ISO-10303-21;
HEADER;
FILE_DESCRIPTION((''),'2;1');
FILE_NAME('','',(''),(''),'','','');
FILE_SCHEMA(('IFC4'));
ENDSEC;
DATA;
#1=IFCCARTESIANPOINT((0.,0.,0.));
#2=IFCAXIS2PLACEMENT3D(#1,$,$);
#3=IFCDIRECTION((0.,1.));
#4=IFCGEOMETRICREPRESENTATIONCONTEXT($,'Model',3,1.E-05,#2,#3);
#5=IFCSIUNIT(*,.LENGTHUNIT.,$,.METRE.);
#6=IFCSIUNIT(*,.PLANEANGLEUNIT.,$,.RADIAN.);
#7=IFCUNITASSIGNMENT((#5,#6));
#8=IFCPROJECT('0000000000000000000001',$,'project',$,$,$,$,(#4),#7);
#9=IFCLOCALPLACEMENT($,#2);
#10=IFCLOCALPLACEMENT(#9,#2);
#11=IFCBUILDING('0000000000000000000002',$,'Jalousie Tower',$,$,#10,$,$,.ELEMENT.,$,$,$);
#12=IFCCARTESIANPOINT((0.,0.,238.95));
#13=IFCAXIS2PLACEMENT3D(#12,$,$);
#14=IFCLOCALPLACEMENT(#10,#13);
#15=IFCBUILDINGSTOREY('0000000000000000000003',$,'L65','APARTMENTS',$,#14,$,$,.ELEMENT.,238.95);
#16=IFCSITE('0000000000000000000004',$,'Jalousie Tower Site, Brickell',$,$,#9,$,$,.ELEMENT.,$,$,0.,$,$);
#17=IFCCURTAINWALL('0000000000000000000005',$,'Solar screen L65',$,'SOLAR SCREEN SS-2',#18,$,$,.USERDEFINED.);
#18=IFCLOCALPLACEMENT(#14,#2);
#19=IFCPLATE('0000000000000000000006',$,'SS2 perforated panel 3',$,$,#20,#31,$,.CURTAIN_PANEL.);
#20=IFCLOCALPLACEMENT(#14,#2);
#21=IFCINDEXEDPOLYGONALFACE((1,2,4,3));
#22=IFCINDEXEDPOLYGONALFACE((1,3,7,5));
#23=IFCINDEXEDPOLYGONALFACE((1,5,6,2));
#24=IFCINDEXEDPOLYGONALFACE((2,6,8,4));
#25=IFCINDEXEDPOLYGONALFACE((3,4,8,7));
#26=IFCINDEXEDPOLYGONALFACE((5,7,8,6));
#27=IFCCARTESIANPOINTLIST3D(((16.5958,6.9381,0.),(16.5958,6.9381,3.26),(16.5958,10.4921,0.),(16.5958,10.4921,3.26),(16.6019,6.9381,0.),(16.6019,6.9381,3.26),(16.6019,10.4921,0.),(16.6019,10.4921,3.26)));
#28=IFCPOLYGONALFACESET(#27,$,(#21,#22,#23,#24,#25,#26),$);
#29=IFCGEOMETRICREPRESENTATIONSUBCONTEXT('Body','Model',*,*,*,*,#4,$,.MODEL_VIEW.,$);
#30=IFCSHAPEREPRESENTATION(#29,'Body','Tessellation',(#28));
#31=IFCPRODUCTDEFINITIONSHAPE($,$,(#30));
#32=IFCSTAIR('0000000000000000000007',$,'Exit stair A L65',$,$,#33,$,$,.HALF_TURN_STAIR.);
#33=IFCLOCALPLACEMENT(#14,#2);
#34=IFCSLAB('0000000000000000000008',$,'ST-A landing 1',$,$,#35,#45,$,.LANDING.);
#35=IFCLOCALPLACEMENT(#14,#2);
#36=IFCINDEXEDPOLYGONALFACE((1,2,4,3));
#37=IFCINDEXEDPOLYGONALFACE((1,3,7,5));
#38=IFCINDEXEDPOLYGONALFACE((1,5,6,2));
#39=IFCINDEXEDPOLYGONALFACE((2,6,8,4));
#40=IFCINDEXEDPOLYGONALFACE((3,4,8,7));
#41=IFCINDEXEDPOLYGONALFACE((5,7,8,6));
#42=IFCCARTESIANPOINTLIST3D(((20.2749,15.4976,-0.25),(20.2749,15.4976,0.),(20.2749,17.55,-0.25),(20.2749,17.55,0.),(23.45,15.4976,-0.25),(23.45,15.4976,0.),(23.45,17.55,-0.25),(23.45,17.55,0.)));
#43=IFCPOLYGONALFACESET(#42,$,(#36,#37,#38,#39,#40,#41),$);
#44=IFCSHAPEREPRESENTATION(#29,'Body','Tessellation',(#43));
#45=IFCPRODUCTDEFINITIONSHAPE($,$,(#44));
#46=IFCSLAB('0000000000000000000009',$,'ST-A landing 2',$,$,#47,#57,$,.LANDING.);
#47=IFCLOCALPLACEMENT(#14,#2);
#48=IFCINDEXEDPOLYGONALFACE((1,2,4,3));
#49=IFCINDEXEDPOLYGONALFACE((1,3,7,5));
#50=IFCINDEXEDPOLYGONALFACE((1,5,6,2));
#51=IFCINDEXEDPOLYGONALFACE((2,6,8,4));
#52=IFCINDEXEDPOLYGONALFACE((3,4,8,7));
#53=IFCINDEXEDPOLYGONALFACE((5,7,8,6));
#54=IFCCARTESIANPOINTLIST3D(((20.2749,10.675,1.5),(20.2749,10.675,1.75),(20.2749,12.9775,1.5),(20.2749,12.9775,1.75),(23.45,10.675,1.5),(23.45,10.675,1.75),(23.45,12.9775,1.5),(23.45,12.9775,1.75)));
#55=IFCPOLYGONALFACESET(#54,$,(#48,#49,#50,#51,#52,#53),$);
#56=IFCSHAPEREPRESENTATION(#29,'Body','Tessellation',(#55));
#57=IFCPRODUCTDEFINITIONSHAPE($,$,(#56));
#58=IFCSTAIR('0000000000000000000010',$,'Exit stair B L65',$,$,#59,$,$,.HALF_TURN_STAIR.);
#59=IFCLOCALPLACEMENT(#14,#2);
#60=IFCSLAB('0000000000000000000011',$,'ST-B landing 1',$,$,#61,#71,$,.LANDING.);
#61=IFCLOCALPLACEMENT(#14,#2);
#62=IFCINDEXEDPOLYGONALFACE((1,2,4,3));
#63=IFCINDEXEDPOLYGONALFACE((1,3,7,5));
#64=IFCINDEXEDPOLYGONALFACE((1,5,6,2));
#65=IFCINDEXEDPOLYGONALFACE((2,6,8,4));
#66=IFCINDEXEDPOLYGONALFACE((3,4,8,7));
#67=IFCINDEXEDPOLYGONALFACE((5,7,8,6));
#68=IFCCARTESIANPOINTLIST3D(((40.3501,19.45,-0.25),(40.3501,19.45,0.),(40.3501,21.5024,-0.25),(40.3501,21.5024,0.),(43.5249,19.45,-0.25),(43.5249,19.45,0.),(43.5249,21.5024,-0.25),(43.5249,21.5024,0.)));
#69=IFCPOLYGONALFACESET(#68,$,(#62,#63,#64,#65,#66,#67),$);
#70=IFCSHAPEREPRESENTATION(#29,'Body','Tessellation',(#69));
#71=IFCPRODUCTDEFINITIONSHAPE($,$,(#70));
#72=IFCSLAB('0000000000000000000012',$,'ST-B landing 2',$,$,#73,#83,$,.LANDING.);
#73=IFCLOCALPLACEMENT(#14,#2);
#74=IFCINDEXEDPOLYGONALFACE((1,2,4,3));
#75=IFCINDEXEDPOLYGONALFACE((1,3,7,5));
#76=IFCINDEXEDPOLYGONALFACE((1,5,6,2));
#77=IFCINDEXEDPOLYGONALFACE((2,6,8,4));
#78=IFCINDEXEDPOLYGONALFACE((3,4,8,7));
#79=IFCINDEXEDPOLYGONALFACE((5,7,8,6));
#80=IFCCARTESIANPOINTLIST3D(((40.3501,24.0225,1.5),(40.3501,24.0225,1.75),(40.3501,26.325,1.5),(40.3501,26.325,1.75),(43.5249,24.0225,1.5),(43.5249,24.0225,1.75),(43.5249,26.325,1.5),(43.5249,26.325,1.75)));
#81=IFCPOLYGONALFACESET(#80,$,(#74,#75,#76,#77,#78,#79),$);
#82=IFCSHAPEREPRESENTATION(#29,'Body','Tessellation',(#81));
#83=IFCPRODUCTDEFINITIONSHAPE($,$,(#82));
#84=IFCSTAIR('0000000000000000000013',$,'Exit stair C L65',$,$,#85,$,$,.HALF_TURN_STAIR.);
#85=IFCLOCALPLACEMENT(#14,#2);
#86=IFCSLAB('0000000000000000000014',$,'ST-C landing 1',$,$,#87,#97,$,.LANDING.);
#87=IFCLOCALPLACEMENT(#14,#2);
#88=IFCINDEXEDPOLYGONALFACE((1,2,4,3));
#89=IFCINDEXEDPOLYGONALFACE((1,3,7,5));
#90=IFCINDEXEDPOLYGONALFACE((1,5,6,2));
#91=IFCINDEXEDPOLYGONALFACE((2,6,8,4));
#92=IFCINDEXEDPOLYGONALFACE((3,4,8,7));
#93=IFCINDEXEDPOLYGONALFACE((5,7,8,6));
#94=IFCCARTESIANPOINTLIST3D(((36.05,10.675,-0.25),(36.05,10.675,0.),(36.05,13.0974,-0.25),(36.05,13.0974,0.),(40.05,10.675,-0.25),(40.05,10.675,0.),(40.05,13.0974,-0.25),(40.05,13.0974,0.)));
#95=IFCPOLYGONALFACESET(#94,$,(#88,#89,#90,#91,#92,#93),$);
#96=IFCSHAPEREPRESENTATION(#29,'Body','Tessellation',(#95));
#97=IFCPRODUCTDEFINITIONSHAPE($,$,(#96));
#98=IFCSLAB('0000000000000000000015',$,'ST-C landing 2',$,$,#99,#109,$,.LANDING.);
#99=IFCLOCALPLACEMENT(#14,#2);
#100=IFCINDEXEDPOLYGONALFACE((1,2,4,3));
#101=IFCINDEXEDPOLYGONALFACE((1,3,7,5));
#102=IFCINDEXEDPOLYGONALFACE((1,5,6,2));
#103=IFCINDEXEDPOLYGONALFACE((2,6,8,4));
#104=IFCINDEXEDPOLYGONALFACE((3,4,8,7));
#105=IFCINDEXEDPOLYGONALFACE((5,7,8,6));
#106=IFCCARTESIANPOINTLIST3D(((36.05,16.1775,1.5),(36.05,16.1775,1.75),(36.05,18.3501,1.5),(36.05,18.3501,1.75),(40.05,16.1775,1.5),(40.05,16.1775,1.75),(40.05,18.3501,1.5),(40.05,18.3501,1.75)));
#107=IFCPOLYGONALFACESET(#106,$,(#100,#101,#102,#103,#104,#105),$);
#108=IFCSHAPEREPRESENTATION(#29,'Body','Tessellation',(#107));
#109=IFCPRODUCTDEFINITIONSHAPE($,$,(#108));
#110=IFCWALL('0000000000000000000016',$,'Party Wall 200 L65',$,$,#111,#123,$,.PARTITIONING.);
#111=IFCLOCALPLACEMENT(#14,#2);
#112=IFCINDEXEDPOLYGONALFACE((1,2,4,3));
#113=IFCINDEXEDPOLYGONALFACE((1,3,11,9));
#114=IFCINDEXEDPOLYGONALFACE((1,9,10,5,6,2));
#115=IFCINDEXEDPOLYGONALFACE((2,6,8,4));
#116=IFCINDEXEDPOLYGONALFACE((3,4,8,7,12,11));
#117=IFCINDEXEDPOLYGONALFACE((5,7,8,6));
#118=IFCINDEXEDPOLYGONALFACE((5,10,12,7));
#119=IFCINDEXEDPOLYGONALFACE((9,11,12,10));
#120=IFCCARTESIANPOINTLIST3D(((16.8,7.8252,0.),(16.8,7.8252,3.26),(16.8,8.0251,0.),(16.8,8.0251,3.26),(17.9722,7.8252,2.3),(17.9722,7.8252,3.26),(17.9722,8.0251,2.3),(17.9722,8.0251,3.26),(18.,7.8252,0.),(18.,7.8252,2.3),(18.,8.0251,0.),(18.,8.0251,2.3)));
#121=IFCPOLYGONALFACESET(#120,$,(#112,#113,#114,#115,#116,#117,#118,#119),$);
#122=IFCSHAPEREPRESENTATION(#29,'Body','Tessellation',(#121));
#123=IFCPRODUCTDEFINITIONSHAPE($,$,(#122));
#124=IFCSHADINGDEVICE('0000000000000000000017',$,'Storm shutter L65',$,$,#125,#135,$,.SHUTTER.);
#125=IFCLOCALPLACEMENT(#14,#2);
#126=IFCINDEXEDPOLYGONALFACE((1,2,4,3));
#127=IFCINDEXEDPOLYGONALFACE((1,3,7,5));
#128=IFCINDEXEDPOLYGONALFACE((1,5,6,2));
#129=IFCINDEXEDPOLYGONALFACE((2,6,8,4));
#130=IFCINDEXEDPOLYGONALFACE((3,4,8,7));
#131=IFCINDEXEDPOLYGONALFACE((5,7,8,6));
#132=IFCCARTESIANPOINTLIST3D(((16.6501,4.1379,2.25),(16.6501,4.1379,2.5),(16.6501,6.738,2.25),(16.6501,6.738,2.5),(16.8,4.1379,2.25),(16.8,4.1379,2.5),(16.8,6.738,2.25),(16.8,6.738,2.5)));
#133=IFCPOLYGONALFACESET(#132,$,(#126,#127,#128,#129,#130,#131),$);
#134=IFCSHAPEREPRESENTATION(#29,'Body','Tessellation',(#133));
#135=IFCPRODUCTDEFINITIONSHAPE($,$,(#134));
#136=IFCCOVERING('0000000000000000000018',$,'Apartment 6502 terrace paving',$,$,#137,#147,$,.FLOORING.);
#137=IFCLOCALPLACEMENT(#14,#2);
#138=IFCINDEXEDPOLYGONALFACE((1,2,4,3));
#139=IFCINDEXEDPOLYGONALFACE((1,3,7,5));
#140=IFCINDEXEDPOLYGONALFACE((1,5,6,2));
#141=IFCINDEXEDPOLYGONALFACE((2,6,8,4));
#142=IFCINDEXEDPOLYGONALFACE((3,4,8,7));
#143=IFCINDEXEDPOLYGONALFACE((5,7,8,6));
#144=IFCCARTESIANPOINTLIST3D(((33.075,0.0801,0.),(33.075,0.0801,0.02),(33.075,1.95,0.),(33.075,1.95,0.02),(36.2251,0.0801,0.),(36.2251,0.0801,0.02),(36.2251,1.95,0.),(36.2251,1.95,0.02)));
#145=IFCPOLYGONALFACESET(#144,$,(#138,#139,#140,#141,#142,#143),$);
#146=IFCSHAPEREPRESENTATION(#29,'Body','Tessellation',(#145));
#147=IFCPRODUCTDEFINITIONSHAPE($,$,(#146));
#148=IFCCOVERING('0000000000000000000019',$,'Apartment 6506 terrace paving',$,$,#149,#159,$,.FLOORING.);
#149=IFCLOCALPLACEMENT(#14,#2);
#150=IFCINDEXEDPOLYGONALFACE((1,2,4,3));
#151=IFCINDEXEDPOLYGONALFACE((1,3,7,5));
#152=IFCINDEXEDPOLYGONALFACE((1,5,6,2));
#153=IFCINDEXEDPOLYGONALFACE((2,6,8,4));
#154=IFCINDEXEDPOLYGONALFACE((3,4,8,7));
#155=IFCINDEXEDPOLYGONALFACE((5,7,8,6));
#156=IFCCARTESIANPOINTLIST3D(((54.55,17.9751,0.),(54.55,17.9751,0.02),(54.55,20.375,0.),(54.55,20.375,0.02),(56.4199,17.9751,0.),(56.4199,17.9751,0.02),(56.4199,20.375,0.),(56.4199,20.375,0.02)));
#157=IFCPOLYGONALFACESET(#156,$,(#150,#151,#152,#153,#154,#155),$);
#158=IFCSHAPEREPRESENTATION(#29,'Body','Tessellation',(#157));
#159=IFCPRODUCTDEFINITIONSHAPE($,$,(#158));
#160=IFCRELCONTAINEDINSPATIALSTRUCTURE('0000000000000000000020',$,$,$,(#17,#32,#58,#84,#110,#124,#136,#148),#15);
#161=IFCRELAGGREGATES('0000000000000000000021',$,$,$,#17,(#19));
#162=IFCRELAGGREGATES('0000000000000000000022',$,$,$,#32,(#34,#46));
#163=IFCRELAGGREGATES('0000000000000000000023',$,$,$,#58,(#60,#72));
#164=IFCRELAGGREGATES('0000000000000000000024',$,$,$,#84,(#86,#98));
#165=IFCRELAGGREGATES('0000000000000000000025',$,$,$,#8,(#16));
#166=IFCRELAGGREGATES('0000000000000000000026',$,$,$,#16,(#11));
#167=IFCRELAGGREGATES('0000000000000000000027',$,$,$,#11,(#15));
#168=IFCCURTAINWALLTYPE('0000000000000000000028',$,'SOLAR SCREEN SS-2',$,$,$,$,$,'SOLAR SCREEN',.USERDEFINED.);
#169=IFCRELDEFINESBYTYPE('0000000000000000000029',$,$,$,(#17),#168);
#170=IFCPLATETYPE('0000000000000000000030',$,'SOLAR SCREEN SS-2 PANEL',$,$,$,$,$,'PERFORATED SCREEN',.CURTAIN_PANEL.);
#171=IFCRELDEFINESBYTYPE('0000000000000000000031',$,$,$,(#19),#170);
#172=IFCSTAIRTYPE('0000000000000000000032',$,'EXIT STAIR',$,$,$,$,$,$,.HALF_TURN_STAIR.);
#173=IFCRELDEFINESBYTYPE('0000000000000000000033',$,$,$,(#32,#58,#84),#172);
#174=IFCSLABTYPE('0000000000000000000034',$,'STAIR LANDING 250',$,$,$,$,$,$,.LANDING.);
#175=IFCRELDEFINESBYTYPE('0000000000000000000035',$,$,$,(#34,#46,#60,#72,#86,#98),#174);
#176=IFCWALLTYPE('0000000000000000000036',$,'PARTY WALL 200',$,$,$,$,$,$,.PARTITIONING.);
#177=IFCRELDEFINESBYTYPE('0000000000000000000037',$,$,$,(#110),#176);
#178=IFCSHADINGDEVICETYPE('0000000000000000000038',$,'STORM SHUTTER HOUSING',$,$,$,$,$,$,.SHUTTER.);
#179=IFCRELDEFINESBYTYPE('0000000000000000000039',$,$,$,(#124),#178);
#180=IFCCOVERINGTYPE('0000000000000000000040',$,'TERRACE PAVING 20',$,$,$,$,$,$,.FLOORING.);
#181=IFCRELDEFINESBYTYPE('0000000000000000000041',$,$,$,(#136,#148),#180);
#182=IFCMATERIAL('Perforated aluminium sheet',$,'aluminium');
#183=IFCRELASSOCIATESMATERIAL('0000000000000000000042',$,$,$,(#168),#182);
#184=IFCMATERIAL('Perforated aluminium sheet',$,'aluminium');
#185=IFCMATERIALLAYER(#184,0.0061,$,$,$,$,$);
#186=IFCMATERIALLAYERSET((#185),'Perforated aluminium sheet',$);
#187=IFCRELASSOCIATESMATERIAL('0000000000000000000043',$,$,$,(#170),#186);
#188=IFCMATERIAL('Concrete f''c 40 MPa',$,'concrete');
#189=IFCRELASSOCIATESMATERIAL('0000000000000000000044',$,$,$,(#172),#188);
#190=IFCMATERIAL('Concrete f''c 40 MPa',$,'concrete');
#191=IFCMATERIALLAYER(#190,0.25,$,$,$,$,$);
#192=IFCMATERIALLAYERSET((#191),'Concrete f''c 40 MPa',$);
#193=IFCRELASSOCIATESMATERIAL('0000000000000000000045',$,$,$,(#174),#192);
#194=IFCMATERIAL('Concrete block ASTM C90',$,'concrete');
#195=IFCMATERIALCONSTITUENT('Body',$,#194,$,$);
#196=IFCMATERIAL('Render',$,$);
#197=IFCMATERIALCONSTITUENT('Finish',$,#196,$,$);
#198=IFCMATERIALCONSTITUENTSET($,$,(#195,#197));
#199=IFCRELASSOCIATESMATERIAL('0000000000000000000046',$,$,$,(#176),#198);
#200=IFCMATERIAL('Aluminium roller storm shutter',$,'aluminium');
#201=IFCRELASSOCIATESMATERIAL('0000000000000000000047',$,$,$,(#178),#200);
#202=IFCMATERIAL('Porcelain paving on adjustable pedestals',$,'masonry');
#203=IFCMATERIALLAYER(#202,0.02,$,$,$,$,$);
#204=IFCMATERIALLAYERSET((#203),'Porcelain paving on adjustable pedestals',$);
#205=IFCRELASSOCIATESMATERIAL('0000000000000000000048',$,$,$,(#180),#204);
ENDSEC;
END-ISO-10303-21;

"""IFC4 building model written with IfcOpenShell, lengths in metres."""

from ifc_helpers import new_model, si_unit, direction, frame, origin, origin_2d, place, context, subcontext, project, spatial, polyline, rectangle, outline, extrude, material, layer, layer_set, constituent, constituent_set, type_object, element, aggregate, save


model = new_model("IFC4")

# Units and contexts
model_context = context("Model", 3, precision=1e-05, world=origin(), true_north=direction((0.0, 1.0)))
body_context = subcontext(model_context, "Body", "Model", "MODEL_VIEW")
ifc_project = project(units=[si_unit("LENGTHUNIT", "METRE"), si_unit("PLANEANGLEUNIT", "RADIAN")], contexts=[model_context])

# Site, building, storey
site_placement = place(None, origin())
site = spatial("IfcSite", under=ifc_project, at=site_placement, Name="Jalousie Tower Site, Brickell", CompositionType="ELEMENT", RefElevation=0.0)
building_placement = place(site_placement, origin())
building = spatial("IfcBuilding", under=site, at=building_placement, Name="Jalousie Tower", CompositionType="ELEMENT")
storey_placement = place(building_placement, frame((0.0, 0.0, 238.95)))
storey = spatial("IfcBuildingStorey", under=building, at=storey_placement, Name="L65", Description="APARTMENTS", CompositionType="ELEMENT", Elevation=238.95)

# Curtain wall
ifc_material_1 = material(Name="Perforated aluminium sheet", Category="aluminium")
curtain_wall_type_1 = type_object("IfcCurtainWallType", Name="SOLAR SCREEN SS-2", ElementType="SOLAR SCREEN", PredefinedType="USERDEFINED", material=ifc_material_1)
curtain_wall_1_placement = place(storey_placement, origin())
curtain_wall_1 = element("IfcCurtainWall", 1, at=curtain_wall_1_placement, inside=storey, type_object=curtain_wall_type_1, Name="Solar screen L65", ObjectType="SOLAR SCREEN SS-2", PredefinedType="USERDEFINED")

# Plate
ifc_material_2 = material(Name="Perforated aluminium sheet", Category="aluminium")
ifc_layer_1 = layer(ifc_material_2, 0.0061)
ifc_layer_set_1 = layer_set([ifc_layer_1], Name="Perforated aluminium sheet")
plate_type = type_object("IfcPlateType", Name="SOLAR SCREEN SS-2 PANEL", ElementType="PERFORATED SCREEN", PredefinedType="CURTAIN_PANEL", material=ifc_layer_set_1)
plate_1_placement = place(storey_placement, frame((16.5989, 8.7151, 0.0), z_axis=(0.0, 0.0, 1.0), x_axis=(0.0, -1.0, 0.0)))
plate_1 = element("IfcPlate", 2, at=plate_1_placement, type_object=plate_type, Name="SS2 perforated panel 3", PredefinedType="CURTAIN_PANEL", context=body_context, shape_type="SweptSolid", body=[
    extrude(rectangle(XDim=3.554, YDim=0.0061, at=origin_2d()), origin(), (0.0, 0.0, 1.0), 3.26),
])
aggregate(curtain_wall_1, [plate_1])

# Stairs, slabs
ifc_material_3 = material(Name="Concrete f'c 40 MPa", Category="concrete")
stair_type = type_object("IfcStairType", Name="EXIT STAIR", PredefinedType="HALF_TURN_STAIR", material=ifc_material_3)
stair_1_placement = place(storey_placement, origin())
stair_1 = element("IfcStair", 3, at=stair_1_placement, inside=storey, type_object=stair_type, Name="Exit stair A L65", PredefinedType="HALF_TURN_STAIR")
ifc_material_4 = material(Name="Concrete f'c 40 MPa", Category="concrete")
ifc_layer_2 = layer(ifc_material_4, 0.25)
ifc_layer_set_2 = layer_set([ifc_layer_2], Name="Concrete f'c 40 MPa")
slab_type_1 = type_object("IfcSlabType", Name="STAIR LANDING 250", PredefinedType="LANDING", material=ifc_layer_set_2)
slab_1_placement = place(storey_placement, frame((0.0, 0.0, -0.25)))
slab_1 = element("IfcSlab", 4, at=slab_1_placement, type_object=slab_type_1, Name="ST-A landing 1", PredefinedType="LANDING", context=body_context, shape_type="SweptSolid", body=[
    extrude(outline(polyline([(20.2749, 15.4976), (23.45, 15.4976), (23.45, 17.55), (20.2749, 17.55), (20.2749, 15.4976)])), origin(), (0.0, 0.0, 1.0), 0.25),
])
slab_2_placement = place(storey_placement, frame((0.0, 0.0, 1.5)))
slab_2 = element("IfcSlab", 5, at=slab_2_placement, type_object=slab_type_1, Name="ST-A landing 2", PredefinedType="LANDING", context=body_context, shape_type="SweptSolid", body=[
    extrude(outline(polyline([(20.2749, 10.675), (23.45, 10.675), (23.45, 12.9775), (20.2749, 12.9775), (20.2749, 10.675)])), origin(), (0.0, 0.0, 1.0), 0.25),
])
aggregate(stair_1, [slab_1, slab_2])
stair_2_placement = place(storey_placement, origin())
stair_2 = element("IfcStair", 6, at=stair_2_placement, inside=storey, type_object=stair_type, Name="Exit stair B L65", PredefinedType="HALF_TURN_STAIR")
slab_3_placement = place(storey_placement, frame((0.0, 0.0, -0.25)))
slab_3 = element("IfcSlab", 7, at=slab_3_placement, type_object=slab_type_1, Name="ST-B landing 1", PredefinedType="LANDING", context=body_context, shape_type="SweptSolid", body=[
    extrude(outline(polyline([(40.3501, 19.45), (43.5249, 19.45), (43.5249, 21.5024), (40.3501, 21.5024), (40.3501, 19.45)])), origin(), (0.0, 0.0, 1.0), 0.25),
])
slab_4_placement = place(storey_placement, frame((0.0, 0.0, 1.5)))
slab_4 = element("IfcSlab", 8, at=slab_4_placement, type_object=slab_type_1, Name="ST-B landing 2", PredefinedType="LANDING", context=body_context, shape_type="SweptSolid", body=[
    extrude(outline(polyline([(40.3501, 24.0225), (43.5249, 24.0225), (43.5249, 26.325), (40.3501, 26.325), (40.3501, 24.0225)])), origin(), (0.0, 0.0, 1.0), 0.25),
])
aggregate(stair_2, [slab_3, slab_4])
stair_3_placement = place(storey_placement, origin())
stair_3 = element("IfcStair", 9, at=stair_3_placement, inside=storey, type_object=stair_type, Name="Exit stair C L65", PredefinedType="HALF_TURN_STAIR")
slab_5_placement = place(storey_placement, frame((0.0, 0.0, -0.25)))
slab_5 = element("IfcSlab", 10, at=slab_5_placement, type_object=slab_type_1, Name="ST-C landing 1", PredefinedType="LANDING", context=body_context, shape_type="SweptSolid", body=[
    extrude(outline(polyline([(36.05, 10.675), (40.05, 10.675), (40.05, 13.0974), (36.05, 13.0974), (36.05, 10.675)])), origin(), (0.0, 0.0, 1.0), 0.25),
])
slab_6_placement = place(storey_placement, frame((0.0, 0.0, 1.5)))
slab_6 = element("IfcSlab", 11, at=slab_6_placement, type_object=slab_type_1, Name="ST-C landing 2", PredefinedType="LANDING", context=body_context, shape_type="SweptSolid", body=[
    extrude(outline(polyline([(36.05, 16.1775), (40.05, 16.1775), (40.05, 18.3501), (36.05, 18.3501), (36.05, 16.1775)])), origin(), (0.0, 0.0, 1.0), 0.25),
])
aggregate(stair_3, [slab_5, slab_6])

# Wall
ifc_material_5 = material(Name="Concrete block ASTM C90", Category="concrete")
ifc_constituent_1 = constituent(ifc_material_5, Name="Body")
ifc_material_6 = material(Name="Render")
ifc_constituent_2 = constituent(ifc_material_6, Name="Finish")
ifc_constituent_set = constituent_set(constituents=[ifc_constituent_1, ifc_constituent_2])
wall_type = type_object("IfcWallType", Name="PARTY WALL 200", PredefinedType="PARTITIONING", material=ifc_constituent_set)
wall_placement = place(storey_placement, frame((16.8, 7.925, 0.0), z_axis=(0.0, 0.0, 1.0), x_axis=(1.0, 0.0, 0.0)))
element("IfcWall", 12, at=wall_placement, inside=storey, type_object=wall_type, Name="Party Wall 200 L65", PredefinedType="PARTITIONING", context=body_context, shape_type="SweptSolid", body=[
    extrude(outline(polyline([(0.0, 0.0), (1.2, 0.0), (1.2, 3.26), (1.2, 2.3), (1.1721, 2.3), (1.1721, 3.26), (0.0, 3.26), (0.0, 0.0)])), frame((0.0, 0.1001, 0.0), z_axis=(0.0, -1.0, 0.0), x_axis=(1.0, 0.0, 0.0)), (0.0, 0.0, 1.0), 0.2),
])

# Shading device
ifc_material_7 = material(Name="Aluminium roller storm shutter", Category="aluminium")
shading_device_type = type_object("IfcShadingDeviceType", Name="STORM SHUTTER HOUSING", PredefinedType="SHUTTER", material=ifc_material_7)
shading_device_placement = place(storey_placement, frame((16.7251, 5.438, 2.25), z_axis=(0.0, 0.0, 1.0), x_axis=(0.0, -1.0, 0.0)))
element("IfcShadingDevice", 13, at=shading_device_placement, inside=storey, type_object=shading_device_type, Name="Storm shutter L65", PredefinedType="SHUTTER", context=body_context, shape_type="SweptSolid", body=[
    extrude(rectangle(XDim=2.6001, YDim=0.1499, at=origin_2d()), origin(), (0.0, 0.0, 1.0), 0.25),
])

# Coverings
ifc_material_8 = material(Name="Porcelain paving on adjustable pedestals", Category="masonry")
ifc_layer_3 = layer(ifc_material_8, 0.02)
ifc_layer_set_3 = layer_set([ifc_layer_3], Name="Porcelain paving on adjustable pedestals")
covering_type = type_object("IfcCoveringType", Name="TERRACE PAVING 20", PredefinedType="FLOORING", material=ifc_layer_set_3)
covering_1_placement = place(storey_placement, origin())
element("IfcCovering", 14, at=covering_1_placement, inside=storey, type_object=covering_type, Name="Apartment 6502 terrace paving", PredefinedType="FLOORING", context=body_context, shape_type="SweptSolid", body=[
    extrude(outline(polyline([(33.075, 0.0801), (36.2251, 0.0801), (36.2251, 1.95), (33.075, 1.95), (33.075, 0.0801)])), origin(), (0.0, 0.0, 1.0), 0.02),
])
covering_2_placement = place(storey_placement, origin())
element("IfcCovering", 15, at=covering_2_placement, inside=storey, type_object=covering_type, Name="Apartment 6506 terrace paving", PredefinedType="FLOORING", context=body_context, shape_type="SweptSolid", body=[
    extrude(outline(polyline([(56.4199, 17.9751), (56.4199, 20.375), (54.55, 20.375), (54.55, 17.9751), (56.4199, 17.9751)])), origin(), (0.0, 0.0, 1.0), 0.02),
])

save(model, "model.ifc")
